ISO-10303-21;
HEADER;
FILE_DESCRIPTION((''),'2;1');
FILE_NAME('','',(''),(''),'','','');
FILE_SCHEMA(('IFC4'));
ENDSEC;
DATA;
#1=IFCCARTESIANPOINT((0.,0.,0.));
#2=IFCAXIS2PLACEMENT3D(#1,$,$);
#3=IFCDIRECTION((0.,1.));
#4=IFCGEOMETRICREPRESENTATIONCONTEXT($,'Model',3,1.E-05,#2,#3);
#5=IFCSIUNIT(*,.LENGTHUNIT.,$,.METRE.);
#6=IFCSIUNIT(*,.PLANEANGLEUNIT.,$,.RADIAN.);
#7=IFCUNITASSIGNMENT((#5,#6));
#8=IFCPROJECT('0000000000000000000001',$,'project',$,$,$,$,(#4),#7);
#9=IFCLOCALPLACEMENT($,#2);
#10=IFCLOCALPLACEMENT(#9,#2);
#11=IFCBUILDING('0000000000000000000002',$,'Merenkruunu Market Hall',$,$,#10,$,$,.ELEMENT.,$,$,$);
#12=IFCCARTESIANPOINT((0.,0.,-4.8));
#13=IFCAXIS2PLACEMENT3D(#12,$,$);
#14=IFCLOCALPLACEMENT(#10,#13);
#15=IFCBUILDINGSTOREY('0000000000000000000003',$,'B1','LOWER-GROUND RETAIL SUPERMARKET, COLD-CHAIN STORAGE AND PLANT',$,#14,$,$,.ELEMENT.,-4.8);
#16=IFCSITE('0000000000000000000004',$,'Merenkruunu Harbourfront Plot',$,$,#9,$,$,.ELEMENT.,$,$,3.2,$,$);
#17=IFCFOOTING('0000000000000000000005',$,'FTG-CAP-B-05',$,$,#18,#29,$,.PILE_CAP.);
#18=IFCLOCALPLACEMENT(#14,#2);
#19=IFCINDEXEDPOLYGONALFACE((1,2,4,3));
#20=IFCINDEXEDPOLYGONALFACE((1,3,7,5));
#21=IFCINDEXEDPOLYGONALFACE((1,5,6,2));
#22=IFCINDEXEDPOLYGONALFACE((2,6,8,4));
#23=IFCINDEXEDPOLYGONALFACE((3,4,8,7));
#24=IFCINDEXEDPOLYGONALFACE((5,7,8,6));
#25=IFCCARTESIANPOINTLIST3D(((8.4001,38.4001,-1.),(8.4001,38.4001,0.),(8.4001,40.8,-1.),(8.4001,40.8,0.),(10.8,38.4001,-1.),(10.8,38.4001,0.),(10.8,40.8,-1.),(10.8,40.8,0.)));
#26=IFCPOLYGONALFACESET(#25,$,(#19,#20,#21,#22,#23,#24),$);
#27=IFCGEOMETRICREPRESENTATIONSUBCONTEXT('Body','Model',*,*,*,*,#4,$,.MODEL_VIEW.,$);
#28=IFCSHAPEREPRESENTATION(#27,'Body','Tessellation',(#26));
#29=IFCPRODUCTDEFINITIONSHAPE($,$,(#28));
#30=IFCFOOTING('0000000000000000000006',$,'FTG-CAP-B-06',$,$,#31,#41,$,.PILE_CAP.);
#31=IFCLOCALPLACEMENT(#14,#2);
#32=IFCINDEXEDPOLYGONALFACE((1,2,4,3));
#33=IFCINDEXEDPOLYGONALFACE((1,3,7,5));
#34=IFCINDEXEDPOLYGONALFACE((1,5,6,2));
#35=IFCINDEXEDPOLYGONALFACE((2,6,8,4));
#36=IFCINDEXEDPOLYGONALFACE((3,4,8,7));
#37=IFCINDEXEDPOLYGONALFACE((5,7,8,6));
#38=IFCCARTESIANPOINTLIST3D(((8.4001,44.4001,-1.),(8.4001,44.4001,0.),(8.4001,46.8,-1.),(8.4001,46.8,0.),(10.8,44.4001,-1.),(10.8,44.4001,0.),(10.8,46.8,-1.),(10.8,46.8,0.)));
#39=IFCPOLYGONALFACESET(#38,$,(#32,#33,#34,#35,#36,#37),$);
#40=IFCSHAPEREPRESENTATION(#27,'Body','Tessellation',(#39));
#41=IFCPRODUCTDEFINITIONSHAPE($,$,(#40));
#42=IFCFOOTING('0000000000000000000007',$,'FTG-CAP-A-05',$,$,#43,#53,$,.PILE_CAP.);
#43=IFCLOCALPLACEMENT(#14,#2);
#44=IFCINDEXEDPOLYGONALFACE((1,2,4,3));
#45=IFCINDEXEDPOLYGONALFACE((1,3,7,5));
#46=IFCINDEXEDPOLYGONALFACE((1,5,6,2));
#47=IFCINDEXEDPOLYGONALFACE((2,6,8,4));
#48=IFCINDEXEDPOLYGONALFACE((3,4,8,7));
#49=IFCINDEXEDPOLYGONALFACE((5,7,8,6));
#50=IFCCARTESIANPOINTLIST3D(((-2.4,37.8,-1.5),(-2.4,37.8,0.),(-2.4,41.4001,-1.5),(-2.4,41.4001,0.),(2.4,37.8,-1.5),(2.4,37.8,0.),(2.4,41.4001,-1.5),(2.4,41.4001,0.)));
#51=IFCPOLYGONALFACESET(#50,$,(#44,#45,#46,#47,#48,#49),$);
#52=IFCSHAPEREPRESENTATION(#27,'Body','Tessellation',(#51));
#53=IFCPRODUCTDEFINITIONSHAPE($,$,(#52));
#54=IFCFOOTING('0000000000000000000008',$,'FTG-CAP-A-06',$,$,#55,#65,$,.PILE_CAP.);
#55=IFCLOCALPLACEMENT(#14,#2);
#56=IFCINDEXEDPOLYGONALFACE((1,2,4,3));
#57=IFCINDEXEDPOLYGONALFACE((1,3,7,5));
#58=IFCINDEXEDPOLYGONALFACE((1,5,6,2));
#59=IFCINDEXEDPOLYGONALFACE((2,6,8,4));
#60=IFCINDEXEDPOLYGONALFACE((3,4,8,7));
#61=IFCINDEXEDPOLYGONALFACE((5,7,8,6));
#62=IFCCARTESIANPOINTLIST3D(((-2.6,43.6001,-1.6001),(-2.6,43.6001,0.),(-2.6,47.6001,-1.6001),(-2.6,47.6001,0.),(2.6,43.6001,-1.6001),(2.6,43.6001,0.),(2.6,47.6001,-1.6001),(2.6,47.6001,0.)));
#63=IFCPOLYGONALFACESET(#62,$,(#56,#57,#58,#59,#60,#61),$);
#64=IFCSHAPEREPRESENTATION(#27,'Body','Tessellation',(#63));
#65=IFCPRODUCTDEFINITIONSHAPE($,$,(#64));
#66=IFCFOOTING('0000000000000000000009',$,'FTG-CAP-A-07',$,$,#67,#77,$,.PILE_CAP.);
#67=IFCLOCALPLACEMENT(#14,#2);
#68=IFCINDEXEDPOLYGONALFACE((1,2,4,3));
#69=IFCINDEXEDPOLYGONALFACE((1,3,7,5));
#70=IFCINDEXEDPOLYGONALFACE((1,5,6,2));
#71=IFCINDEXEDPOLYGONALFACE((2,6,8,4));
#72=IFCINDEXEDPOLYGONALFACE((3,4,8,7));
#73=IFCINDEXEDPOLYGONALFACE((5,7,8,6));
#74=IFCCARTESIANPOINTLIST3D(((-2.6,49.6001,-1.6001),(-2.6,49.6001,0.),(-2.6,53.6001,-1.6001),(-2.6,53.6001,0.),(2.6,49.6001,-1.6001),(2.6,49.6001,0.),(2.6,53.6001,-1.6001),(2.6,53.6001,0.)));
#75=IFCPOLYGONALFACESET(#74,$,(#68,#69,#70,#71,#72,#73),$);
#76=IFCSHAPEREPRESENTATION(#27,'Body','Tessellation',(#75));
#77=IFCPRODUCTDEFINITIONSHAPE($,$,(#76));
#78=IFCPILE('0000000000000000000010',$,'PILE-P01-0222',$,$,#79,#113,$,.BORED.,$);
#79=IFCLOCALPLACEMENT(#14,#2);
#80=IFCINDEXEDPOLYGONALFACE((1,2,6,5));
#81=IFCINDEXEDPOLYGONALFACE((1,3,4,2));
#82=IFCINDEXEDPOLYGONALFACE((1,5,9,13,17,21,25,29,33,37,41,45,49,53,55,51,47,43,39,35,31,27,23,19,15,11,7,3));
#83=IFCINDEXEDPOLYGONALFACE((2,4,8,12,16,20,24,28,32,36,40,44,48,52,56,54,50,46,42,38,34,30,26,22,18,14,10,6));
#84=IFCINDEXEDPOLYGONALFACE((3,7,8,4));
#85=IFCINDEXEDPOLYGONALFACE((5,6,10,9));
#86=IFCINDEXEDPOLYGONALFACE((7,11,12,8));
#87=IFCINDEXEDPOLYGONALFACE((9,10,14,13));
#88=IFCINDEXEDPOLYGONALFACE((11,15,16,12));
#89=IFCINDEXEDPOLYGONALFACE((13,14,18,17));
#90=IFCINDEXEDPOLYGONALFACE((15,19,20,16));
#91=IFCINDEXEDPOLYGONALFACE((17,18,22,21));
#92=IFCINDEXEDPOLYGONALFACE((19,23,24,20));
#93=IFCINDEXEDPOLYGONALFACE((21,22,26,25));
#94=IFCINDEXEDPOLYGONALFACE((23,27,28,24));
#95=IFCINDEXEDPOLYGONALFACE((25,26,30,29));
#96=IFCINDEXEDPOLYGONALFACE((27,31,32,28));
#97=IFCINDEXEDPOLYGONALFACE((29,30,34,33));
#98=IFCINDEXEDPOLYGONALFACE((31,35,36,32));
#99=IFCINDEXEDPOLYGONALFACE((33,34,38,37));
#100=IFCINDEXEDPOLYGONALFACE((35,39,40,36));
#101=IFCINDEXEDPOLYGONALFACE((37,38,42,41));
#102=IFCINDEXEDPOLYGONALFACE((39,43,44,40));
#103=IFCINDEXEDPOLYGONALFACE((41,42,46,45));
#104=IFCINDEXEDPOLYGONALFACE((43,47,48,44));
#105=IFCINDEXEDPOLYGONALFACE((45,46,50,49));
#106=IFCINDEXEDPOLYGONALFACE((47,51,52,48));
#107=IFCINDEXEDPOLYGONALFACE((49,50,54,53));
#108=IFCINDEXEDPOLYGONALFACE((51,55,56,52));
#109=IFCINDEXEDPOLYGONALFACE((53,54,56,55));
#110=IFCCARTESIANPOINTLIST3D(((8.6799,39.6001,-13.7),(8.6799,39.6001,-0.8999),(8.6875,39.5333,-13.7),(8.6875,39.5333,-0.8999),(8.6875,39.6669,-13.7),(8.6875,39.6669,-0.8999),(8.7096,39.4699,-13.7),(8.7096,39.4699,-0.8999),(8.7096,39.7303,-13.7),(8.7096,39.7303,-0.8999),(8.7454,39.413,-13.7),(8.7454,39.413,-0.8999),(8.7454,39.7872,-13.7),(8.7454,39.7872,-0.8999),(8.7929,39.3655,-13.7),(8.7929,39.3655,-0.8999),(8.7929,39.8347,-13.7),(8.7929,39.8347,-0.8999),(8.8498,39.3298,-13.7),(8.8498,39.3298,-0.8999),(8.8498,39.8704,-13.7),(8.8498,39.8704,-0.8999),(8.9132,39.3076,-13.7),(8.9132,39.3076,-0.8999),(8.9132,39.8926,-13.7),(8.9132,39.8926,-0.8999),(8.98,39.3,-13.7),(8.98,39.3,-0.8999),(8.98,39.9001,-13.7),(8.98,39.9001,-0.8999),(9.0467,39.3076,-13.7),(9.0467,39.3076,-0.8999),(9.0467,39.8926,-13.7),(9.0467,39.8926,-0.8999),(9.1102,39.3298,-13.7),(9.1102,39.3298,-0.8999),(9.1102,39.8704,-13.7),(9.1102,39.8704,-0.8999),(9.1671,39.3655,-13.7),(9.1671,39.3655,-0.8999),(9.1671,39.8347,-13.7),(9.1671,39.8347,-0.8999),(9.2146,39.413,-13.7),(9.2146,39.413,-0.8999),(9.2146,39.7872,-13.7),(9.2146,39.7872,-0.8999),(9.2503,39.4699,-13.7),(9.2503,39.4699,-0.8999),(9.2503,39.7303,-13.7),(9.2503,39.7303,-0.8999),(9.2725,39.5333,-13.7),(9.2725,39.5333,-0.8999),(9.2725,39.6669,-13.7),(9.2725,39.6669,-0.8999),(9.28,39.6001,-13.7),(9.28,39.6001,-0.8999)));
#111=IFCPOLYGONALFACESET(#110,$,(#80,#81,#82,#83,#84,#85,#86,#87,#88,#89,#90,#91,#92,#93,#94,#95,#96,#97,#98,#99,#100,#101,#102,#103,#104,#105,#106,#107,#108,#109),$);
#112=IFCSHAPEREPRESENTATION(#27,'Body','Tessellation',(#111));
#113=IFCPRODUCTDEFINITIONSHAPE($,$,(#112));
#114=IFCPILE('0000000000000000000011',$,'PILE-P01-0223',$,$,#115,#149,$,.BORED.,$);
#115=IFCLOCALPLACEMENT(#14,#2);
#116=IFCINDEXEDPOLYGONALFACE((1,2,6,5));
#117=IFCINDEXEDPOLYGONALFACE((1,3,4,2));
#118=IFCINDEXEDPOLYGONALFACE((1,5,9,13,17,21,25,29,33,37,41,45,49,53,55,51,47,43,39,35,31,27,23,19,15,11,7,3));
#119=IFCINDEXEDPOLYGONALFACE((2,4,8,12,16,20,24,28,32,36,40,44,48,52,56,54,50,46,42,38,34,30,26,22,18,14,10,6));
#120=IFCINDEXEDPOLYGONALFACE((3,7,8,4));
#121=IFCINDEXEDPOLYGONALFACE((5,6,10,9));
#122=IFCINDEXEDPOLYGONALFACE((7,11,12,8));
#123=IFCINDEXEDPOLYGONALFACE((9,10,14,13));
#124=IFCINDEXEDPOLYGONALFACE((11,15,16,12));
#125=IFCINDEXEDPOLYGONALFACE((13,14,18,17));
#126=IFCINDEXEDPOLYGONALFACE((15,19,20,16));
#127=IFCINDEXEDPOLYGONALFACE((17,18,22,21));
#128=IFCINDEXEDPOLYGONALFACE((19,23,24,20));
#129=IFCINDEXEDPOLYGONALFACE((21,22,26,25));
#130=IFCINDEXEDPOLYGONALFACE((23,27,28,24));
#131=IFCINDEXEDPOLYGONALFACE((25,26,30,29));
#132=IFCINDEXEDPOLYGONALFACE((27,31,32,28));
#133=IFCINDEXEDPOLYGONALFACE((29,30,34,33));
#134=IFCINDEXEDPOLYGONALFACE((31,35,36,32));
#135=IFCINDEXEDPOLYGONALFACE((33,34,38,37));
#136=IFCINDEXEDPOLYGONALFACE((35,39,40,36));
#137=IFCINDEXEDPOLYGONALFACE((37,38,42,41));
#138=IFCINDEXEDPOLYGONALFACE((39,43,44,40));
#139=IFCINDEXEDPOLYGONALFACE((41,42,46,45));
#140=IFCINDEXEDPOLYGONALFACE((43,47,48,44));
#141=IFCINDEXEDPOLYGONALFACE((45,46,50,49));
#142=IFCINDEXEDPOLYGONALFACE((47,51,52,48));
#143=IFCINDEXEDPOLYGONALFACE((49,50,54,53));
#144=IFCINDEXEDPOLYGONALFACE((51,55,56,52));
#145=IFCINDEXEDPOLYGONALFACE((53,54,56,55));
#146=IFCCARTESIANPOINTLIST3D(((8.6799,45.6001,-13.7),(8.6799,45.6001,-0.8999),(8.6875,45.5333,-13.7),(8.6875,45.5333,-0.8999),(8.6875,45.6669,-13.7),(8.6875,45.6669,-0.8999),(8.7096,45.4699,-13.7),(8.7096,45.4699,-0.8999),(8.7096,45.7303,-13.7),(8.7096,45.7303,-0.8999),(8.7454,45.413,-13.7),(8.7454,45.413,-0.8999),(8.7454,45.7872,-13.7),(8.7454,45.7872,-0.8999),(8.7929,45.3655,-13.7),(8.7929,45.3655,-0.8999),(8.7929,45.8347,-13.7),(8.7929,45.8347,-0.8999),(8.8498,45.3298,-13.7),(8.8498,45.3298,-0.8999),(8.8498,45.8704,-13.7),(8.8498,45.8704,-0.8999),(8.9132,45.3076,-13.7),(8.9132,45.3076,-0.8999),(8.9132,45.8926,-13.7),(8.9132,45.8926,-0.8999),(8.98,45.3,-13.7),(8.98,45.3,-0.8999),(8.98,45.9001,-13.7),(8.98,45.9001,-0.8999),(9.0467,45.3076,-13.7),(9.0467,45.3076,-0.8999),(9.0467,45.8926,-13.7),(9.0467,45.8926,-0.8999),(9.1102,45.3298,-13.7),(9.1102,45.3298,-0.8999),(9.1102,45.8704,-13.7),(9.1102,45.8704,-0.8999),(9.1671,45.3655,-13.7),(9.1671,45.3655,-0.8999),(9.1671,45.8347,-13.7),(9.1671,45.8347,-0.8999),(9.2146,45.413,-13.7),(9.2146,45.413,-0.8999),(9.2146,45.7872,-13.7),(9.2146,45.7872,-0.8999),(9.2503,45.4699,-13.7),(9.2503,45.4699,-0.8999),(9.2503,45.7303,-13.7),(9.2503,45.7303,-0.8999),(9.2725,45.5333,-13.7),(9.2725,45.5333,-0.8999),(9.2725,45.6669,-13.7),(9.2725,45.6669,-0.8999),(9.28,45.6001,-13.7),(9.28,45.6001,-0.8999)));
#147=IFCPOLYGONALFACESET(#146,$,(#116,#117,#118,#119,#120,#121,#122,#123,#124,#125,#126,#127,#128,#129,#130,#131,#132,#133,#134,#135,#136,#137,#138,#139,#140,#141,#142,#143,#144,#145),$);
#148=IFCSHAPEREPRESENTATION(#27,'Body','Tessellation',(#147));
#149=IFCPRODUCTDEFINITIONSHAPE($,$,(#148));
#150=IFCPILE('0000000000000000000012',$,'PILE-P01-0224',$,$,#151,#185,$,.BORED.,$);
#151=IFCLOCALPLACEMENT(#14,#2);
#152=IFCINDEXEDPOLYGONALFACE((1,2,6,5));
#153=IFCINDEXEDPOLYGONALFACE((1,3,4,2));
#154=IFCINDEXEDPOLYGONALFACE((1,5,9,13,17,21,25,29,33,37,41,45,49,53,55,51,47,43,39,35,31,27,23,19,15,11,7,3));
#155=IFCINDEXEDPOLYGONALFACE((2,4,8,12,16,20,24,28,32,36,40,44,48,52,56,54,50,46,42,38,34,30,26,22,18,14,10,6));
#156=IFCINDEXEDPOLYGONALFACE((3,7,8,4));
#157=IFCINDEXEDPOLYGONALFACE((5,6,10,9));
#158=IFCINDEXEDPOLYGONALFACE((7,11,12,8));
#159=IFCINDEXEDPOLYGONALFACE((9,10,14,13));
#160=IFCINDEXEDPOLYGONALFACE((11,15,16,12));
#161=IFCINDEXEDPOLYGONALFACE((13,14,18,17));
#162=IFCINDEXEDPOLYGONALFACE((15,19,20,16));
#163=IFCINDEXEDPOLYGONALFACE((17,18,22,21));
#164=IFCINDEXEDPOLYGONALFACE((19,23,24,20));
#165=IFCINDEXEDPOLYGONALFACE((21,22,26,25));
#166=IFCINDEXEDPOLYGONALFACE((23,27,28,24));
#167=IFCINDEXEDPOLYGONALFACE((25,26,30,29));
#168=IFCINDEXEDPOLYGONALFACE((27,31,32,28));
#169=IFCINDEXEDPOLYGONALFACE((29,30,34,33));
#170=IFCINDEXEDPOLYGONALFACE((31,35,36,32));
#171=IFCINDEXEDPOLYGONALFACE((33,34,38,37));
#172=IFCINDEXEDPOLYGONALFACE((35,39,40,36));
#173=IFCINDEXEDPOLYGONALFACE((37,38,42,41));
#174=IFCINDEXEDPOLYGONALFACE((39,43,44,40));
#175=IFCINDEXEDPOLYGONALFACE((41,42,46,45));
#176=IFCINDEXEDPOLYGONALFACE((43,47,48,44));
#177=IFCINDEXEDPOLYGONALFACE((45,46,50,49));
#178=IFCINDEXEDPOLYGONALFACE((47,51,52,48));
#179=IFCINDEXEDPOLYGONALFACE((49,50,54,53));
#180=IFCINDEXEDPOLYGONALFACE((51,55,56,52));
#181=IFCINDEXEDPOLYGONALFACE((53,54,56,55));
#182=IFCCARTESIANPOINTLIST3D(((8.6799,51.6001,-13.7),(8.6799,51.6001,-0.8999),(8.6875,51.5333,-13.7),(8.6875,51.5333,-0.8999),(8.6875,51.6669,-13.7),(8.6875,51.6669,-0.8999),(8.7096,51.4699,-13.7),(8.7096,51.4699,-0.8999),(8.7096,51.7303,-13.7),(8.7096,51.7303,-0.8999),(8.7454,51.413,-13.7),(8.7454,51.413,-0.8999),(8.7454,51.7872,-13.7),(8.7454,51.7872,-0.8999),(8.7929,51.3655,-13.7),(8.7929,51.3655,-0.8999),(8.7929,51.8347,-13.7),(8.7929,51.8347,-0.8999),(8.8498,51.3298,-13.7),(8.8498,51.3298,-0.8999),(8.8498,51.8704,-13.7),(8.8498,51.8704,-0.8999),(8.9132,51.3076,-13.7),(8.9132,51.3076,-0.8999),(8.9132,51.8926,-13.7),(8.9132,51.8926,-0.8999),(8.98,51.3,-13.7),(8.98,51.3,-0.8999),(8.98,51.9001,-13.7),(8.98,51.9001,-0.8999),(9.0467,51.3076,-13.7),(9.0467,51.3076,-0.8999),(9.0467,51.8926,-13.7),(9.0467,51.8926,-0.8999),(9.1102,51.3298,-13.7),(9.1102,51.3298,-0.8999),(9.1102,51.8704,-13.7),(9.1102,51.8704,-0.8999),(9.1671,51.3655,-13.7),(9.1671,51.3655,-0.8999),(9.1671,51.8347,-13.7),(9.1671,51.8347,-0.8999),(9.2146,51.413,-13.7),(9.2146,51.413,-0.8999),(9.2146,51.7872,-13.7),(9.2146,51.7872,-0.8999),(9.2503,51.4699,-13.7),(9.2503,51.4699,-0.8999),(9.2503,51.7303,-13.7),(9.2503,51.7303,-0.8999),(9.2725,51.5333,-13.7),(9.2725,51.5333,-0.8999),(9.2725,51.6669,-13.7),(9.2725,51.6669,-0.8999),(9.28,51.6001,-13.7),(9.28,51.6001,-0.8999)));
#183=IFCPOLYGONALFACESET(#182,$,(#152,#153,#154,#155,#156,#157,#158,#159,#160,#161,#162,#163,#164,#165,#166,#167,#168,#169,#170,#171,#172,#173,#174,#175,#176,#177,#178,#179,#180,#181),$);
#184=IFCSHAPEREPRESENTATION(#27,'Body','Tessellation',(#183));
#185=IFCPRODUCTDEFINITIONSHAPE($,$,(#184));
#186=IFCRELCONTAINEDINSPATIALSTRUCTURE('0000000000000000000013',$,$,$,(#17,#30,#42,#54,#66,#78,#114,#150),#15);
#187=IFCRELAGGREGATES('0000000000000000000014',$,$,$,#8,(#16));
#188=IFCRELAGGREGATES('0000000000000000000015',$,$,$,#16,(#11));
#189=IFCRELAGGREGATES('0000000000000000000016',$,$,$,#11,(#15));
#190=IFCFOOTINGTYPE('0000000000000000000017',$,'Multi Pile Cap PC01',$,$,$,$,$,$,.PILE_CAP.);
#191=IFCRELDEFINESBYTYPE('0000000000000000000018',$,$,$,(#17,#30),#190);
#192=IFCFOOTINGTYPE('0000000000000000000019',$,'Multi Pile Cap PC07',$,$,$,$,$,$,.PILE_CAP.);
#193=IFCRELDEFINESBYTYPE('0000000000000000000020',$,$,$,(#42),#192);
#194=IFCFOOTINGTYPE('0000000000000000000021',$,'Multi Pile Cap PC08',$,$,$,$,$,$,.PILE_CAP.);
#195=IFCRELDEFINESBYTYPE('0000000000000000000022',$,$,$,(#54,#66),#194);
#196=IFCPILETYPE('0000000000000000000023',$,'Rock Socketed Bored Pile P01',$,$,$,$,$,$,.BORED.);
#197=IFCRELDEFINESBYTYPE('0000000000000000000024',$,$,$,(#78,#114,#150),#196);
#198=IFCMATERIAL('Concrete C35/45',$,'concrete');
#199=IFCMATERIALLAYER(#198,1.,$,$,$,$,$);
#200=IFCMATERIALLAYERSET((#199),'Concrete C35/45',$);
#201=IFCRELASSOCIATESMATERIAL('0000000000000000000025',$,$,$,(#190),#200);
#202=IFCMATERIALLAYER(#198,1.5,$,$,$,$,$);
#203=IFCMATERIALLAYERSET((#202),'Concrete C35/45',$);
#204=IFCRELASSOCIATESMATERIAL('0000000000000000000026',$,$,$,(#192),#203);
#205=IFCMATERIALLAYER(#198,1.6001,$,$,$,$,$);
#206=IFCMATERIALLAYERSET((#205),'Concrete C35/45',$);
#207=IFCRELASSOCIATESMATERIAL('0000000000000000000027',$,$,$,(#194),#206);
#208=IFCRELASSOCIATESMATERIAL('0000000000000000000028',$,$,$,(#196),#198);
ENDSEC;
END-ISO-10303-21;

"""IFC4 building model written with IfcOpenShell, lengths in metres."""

from ifc_helpers import new_model, si_unit, direction, frame, origin, origin_2d, place, context, subcontext, project, spatial, rectangle, circle, extrude, material, layer, layer_set, material_profile, profile_set, type_object, element, save


model = new_model("IFC4")

# Units and contexts
model_context = context("Model", 3, precision=1e-05, world=origin(), true_north=direction((0.0, 1.0)))
body_context = subcontext(model_context, "Body", "Model", "MODEL_VIEW")
ifc_project = project(units=[si_unit("LENGTHUNIT", "METRE"), si_unit("PLANEANGLEUNIT", "RADIAN")], contexts=[model_context])

# Site, building, storey
site_placement = place(None, origin())
site = spatial("IfcSite", under=ifc_project, at=site_placement, Name="Merenkruunu Harbourfront Plot", CompositionType="ELEMENT", RefElevation=3.2)
building_placement = place(site_placement, origin())
building = spatial("IfcBuilding", under=site, at=building_placement, Name="Merenkruunu Market Hall", CompositionType="ELEMENT")
storey_placement = place(building_placement, frame((0.0, 0.0, -4.8)))
storey = spatial("IfcBuildingStorey", under=building, at=storey_placement, Name="B1", Description="LOWER-GROUND RETAIL SUPERMARKET, COLD-CHAIN STORAGE AND PLANT", CompositionType="ELEMENT", Elevation=-4.8)

# Footings
ifc_material_1 = material(Name="Concrete C35/45", Category="concrete")
ifc_layer_1 = layer(ifc_material_1, 1.0)
ifc_layer_set_1 = layer_set([ifc_layer_1], Name="Concrete C35/45")
footing_type_1 = type_object("IfcFootingType", Name="Multi Pile Cap PC01", PredefinedType="PILE_CAP", material=ifc_layer_set_1)
for number, where, z_axis, x_axis, name in (
    (1, (9.6001, 39.6001, -1.0), (0.0, 0.0, 1.0), (1.0, 0.0, 0.0), "FTG-CAP-B-05"),
    (2, (9.6001, 45.6001, -1.0), (0.0, 0.0, 1.0), (1.0, 0.0, 0.0), "FTG-CAP-B-06"),
):
    element("IfcFooting", number, at=place(storey_placement, frame(where, z_axis=z_axis, x_axis=x_axis)), inside=storey, type_object=footing_type_1, Name=name, PredefinedType="PILE_CAP", context=body_context, shape_type="SweptSolid", body=[
        extrude(rectangle(XDim=2.3999, YDim=2.3999, at=origin_2d()), origin(), (0.0, 0.0, 1.0), 1.0),
    ])
ifc_layer_2 = layer(ifc_material_1, 1.5)
ifc_layer_set_2 = layer_set([ifc_layer_2], Name="Concrete C35/45")
footing_type_2 = type_object("IfcFootingType", Name="Multi Pile Cap PC07", PredefinedType="PILE_CAP", material=ifc_layer_set_2)
footing_1_placement = place(storey_placement, frame((0.0, 39.6001, -1.5), z_axis=(0.0, 0.0, 1.0), x_axis=(1.0, 0.0, 0.0)))
element("IfcFooting", 3, at=footing_1_placement, inside=storey, type_object=footing_type_2, Name="FTG-CAP-A-05", PredefinedType="PILE_CAP", context=body_context, shape_type="SweptSolid", body=[
    extrude(rectangle(XDim=4.8, YDim=3.6001, at=origin_2d()), origin(), (0.0, 0.0, 1.0), 1.5),
])
ifc_layer_3 = layer(ifc_material_1, 1.6001)
ifc_layer_set_3 = layer_set([ifc_layer_3], Name="Concrete C35/45")
footing_type_3 = type_object("IfcFootingType", Name="Multi Pile Cap PC08", PredefinedType="PILE_CAP", material=ifc_layer_set_3)
for number, where, z_axis, x_axis, name in (
    (4, (0.0, 45.6001, -1.6001), (0.0, 0.0, 1.0), (1.0, 0.0, 0.0), "FTG-CAP-A-06"),
    (5, (0.0, 51.6001, -1.6001), (0.0, 0.0, 1.0), (1.0, 0.0, 0.0), "FTG-CAP-A-07"),
):
    element("IfcFooting", number, at=place(storey_placement, frame(where, z_axis=z_axis, x_axis=x_axis)), inside=storey, type_object=footing_type_3, Name=name, PredefinedType="PILE_CAP", context=body_context, shape_type="SweptSolid", body=[
        extrude(rectangle(XDim=5.2, YDim=4.0, at=origin_2d()), origin(), (0.0, 0.0, 1.0), 1.6001),
    ])

# Piles
ifc_material_profile_1 = material_profile(ifc_material_1, circle(Radius=0.3, at=origin_2d()), Name="BORED PILE 600")
ifc_profile_set_1 = profile_set([ifc_material_profile_1], Name="Concrete C35/45")
pile_type_1 = type_object("IfcPileType", Name="Rock Socketed Bored Pile P01", PredefinedType="BORED", material=ifc_profile_set_1)
for number, where, z_axis, x_axis, name in (
    (6, (8.98, 39.6001, -0.8999), (0.0, 0.0, -1.0), (1.0, 0.0, 0.0), "PILE-P01-0222"),
    (7, (8.98, 45.6001, -0.8999), (0.0, 0.0, -1.0), (1.0, 0.0, 0.0), "PILE-P01-0223"),
    (8, (8.98, 51.6001, -0.8999), (0.0, 0.0, -1.0), (1.0, 0.0, 0.0), "PILE-P01-0224"),
):
    element("IfcPile", number, at=place(storey_placement, frame(where, z_axis=z_axis, x_axis=x_axis)), inside=storey, type_object=pile_type_1, Name=name, PredefinedType="BORED", context=body_context, shape_type="SweptSolid", body=[
        extrude(circle(Radius=0.3, at=origin_2d()), origin(), (0.0, 0.0, 1.0), 12.8),
    ])

save(model, "model.ifc")
